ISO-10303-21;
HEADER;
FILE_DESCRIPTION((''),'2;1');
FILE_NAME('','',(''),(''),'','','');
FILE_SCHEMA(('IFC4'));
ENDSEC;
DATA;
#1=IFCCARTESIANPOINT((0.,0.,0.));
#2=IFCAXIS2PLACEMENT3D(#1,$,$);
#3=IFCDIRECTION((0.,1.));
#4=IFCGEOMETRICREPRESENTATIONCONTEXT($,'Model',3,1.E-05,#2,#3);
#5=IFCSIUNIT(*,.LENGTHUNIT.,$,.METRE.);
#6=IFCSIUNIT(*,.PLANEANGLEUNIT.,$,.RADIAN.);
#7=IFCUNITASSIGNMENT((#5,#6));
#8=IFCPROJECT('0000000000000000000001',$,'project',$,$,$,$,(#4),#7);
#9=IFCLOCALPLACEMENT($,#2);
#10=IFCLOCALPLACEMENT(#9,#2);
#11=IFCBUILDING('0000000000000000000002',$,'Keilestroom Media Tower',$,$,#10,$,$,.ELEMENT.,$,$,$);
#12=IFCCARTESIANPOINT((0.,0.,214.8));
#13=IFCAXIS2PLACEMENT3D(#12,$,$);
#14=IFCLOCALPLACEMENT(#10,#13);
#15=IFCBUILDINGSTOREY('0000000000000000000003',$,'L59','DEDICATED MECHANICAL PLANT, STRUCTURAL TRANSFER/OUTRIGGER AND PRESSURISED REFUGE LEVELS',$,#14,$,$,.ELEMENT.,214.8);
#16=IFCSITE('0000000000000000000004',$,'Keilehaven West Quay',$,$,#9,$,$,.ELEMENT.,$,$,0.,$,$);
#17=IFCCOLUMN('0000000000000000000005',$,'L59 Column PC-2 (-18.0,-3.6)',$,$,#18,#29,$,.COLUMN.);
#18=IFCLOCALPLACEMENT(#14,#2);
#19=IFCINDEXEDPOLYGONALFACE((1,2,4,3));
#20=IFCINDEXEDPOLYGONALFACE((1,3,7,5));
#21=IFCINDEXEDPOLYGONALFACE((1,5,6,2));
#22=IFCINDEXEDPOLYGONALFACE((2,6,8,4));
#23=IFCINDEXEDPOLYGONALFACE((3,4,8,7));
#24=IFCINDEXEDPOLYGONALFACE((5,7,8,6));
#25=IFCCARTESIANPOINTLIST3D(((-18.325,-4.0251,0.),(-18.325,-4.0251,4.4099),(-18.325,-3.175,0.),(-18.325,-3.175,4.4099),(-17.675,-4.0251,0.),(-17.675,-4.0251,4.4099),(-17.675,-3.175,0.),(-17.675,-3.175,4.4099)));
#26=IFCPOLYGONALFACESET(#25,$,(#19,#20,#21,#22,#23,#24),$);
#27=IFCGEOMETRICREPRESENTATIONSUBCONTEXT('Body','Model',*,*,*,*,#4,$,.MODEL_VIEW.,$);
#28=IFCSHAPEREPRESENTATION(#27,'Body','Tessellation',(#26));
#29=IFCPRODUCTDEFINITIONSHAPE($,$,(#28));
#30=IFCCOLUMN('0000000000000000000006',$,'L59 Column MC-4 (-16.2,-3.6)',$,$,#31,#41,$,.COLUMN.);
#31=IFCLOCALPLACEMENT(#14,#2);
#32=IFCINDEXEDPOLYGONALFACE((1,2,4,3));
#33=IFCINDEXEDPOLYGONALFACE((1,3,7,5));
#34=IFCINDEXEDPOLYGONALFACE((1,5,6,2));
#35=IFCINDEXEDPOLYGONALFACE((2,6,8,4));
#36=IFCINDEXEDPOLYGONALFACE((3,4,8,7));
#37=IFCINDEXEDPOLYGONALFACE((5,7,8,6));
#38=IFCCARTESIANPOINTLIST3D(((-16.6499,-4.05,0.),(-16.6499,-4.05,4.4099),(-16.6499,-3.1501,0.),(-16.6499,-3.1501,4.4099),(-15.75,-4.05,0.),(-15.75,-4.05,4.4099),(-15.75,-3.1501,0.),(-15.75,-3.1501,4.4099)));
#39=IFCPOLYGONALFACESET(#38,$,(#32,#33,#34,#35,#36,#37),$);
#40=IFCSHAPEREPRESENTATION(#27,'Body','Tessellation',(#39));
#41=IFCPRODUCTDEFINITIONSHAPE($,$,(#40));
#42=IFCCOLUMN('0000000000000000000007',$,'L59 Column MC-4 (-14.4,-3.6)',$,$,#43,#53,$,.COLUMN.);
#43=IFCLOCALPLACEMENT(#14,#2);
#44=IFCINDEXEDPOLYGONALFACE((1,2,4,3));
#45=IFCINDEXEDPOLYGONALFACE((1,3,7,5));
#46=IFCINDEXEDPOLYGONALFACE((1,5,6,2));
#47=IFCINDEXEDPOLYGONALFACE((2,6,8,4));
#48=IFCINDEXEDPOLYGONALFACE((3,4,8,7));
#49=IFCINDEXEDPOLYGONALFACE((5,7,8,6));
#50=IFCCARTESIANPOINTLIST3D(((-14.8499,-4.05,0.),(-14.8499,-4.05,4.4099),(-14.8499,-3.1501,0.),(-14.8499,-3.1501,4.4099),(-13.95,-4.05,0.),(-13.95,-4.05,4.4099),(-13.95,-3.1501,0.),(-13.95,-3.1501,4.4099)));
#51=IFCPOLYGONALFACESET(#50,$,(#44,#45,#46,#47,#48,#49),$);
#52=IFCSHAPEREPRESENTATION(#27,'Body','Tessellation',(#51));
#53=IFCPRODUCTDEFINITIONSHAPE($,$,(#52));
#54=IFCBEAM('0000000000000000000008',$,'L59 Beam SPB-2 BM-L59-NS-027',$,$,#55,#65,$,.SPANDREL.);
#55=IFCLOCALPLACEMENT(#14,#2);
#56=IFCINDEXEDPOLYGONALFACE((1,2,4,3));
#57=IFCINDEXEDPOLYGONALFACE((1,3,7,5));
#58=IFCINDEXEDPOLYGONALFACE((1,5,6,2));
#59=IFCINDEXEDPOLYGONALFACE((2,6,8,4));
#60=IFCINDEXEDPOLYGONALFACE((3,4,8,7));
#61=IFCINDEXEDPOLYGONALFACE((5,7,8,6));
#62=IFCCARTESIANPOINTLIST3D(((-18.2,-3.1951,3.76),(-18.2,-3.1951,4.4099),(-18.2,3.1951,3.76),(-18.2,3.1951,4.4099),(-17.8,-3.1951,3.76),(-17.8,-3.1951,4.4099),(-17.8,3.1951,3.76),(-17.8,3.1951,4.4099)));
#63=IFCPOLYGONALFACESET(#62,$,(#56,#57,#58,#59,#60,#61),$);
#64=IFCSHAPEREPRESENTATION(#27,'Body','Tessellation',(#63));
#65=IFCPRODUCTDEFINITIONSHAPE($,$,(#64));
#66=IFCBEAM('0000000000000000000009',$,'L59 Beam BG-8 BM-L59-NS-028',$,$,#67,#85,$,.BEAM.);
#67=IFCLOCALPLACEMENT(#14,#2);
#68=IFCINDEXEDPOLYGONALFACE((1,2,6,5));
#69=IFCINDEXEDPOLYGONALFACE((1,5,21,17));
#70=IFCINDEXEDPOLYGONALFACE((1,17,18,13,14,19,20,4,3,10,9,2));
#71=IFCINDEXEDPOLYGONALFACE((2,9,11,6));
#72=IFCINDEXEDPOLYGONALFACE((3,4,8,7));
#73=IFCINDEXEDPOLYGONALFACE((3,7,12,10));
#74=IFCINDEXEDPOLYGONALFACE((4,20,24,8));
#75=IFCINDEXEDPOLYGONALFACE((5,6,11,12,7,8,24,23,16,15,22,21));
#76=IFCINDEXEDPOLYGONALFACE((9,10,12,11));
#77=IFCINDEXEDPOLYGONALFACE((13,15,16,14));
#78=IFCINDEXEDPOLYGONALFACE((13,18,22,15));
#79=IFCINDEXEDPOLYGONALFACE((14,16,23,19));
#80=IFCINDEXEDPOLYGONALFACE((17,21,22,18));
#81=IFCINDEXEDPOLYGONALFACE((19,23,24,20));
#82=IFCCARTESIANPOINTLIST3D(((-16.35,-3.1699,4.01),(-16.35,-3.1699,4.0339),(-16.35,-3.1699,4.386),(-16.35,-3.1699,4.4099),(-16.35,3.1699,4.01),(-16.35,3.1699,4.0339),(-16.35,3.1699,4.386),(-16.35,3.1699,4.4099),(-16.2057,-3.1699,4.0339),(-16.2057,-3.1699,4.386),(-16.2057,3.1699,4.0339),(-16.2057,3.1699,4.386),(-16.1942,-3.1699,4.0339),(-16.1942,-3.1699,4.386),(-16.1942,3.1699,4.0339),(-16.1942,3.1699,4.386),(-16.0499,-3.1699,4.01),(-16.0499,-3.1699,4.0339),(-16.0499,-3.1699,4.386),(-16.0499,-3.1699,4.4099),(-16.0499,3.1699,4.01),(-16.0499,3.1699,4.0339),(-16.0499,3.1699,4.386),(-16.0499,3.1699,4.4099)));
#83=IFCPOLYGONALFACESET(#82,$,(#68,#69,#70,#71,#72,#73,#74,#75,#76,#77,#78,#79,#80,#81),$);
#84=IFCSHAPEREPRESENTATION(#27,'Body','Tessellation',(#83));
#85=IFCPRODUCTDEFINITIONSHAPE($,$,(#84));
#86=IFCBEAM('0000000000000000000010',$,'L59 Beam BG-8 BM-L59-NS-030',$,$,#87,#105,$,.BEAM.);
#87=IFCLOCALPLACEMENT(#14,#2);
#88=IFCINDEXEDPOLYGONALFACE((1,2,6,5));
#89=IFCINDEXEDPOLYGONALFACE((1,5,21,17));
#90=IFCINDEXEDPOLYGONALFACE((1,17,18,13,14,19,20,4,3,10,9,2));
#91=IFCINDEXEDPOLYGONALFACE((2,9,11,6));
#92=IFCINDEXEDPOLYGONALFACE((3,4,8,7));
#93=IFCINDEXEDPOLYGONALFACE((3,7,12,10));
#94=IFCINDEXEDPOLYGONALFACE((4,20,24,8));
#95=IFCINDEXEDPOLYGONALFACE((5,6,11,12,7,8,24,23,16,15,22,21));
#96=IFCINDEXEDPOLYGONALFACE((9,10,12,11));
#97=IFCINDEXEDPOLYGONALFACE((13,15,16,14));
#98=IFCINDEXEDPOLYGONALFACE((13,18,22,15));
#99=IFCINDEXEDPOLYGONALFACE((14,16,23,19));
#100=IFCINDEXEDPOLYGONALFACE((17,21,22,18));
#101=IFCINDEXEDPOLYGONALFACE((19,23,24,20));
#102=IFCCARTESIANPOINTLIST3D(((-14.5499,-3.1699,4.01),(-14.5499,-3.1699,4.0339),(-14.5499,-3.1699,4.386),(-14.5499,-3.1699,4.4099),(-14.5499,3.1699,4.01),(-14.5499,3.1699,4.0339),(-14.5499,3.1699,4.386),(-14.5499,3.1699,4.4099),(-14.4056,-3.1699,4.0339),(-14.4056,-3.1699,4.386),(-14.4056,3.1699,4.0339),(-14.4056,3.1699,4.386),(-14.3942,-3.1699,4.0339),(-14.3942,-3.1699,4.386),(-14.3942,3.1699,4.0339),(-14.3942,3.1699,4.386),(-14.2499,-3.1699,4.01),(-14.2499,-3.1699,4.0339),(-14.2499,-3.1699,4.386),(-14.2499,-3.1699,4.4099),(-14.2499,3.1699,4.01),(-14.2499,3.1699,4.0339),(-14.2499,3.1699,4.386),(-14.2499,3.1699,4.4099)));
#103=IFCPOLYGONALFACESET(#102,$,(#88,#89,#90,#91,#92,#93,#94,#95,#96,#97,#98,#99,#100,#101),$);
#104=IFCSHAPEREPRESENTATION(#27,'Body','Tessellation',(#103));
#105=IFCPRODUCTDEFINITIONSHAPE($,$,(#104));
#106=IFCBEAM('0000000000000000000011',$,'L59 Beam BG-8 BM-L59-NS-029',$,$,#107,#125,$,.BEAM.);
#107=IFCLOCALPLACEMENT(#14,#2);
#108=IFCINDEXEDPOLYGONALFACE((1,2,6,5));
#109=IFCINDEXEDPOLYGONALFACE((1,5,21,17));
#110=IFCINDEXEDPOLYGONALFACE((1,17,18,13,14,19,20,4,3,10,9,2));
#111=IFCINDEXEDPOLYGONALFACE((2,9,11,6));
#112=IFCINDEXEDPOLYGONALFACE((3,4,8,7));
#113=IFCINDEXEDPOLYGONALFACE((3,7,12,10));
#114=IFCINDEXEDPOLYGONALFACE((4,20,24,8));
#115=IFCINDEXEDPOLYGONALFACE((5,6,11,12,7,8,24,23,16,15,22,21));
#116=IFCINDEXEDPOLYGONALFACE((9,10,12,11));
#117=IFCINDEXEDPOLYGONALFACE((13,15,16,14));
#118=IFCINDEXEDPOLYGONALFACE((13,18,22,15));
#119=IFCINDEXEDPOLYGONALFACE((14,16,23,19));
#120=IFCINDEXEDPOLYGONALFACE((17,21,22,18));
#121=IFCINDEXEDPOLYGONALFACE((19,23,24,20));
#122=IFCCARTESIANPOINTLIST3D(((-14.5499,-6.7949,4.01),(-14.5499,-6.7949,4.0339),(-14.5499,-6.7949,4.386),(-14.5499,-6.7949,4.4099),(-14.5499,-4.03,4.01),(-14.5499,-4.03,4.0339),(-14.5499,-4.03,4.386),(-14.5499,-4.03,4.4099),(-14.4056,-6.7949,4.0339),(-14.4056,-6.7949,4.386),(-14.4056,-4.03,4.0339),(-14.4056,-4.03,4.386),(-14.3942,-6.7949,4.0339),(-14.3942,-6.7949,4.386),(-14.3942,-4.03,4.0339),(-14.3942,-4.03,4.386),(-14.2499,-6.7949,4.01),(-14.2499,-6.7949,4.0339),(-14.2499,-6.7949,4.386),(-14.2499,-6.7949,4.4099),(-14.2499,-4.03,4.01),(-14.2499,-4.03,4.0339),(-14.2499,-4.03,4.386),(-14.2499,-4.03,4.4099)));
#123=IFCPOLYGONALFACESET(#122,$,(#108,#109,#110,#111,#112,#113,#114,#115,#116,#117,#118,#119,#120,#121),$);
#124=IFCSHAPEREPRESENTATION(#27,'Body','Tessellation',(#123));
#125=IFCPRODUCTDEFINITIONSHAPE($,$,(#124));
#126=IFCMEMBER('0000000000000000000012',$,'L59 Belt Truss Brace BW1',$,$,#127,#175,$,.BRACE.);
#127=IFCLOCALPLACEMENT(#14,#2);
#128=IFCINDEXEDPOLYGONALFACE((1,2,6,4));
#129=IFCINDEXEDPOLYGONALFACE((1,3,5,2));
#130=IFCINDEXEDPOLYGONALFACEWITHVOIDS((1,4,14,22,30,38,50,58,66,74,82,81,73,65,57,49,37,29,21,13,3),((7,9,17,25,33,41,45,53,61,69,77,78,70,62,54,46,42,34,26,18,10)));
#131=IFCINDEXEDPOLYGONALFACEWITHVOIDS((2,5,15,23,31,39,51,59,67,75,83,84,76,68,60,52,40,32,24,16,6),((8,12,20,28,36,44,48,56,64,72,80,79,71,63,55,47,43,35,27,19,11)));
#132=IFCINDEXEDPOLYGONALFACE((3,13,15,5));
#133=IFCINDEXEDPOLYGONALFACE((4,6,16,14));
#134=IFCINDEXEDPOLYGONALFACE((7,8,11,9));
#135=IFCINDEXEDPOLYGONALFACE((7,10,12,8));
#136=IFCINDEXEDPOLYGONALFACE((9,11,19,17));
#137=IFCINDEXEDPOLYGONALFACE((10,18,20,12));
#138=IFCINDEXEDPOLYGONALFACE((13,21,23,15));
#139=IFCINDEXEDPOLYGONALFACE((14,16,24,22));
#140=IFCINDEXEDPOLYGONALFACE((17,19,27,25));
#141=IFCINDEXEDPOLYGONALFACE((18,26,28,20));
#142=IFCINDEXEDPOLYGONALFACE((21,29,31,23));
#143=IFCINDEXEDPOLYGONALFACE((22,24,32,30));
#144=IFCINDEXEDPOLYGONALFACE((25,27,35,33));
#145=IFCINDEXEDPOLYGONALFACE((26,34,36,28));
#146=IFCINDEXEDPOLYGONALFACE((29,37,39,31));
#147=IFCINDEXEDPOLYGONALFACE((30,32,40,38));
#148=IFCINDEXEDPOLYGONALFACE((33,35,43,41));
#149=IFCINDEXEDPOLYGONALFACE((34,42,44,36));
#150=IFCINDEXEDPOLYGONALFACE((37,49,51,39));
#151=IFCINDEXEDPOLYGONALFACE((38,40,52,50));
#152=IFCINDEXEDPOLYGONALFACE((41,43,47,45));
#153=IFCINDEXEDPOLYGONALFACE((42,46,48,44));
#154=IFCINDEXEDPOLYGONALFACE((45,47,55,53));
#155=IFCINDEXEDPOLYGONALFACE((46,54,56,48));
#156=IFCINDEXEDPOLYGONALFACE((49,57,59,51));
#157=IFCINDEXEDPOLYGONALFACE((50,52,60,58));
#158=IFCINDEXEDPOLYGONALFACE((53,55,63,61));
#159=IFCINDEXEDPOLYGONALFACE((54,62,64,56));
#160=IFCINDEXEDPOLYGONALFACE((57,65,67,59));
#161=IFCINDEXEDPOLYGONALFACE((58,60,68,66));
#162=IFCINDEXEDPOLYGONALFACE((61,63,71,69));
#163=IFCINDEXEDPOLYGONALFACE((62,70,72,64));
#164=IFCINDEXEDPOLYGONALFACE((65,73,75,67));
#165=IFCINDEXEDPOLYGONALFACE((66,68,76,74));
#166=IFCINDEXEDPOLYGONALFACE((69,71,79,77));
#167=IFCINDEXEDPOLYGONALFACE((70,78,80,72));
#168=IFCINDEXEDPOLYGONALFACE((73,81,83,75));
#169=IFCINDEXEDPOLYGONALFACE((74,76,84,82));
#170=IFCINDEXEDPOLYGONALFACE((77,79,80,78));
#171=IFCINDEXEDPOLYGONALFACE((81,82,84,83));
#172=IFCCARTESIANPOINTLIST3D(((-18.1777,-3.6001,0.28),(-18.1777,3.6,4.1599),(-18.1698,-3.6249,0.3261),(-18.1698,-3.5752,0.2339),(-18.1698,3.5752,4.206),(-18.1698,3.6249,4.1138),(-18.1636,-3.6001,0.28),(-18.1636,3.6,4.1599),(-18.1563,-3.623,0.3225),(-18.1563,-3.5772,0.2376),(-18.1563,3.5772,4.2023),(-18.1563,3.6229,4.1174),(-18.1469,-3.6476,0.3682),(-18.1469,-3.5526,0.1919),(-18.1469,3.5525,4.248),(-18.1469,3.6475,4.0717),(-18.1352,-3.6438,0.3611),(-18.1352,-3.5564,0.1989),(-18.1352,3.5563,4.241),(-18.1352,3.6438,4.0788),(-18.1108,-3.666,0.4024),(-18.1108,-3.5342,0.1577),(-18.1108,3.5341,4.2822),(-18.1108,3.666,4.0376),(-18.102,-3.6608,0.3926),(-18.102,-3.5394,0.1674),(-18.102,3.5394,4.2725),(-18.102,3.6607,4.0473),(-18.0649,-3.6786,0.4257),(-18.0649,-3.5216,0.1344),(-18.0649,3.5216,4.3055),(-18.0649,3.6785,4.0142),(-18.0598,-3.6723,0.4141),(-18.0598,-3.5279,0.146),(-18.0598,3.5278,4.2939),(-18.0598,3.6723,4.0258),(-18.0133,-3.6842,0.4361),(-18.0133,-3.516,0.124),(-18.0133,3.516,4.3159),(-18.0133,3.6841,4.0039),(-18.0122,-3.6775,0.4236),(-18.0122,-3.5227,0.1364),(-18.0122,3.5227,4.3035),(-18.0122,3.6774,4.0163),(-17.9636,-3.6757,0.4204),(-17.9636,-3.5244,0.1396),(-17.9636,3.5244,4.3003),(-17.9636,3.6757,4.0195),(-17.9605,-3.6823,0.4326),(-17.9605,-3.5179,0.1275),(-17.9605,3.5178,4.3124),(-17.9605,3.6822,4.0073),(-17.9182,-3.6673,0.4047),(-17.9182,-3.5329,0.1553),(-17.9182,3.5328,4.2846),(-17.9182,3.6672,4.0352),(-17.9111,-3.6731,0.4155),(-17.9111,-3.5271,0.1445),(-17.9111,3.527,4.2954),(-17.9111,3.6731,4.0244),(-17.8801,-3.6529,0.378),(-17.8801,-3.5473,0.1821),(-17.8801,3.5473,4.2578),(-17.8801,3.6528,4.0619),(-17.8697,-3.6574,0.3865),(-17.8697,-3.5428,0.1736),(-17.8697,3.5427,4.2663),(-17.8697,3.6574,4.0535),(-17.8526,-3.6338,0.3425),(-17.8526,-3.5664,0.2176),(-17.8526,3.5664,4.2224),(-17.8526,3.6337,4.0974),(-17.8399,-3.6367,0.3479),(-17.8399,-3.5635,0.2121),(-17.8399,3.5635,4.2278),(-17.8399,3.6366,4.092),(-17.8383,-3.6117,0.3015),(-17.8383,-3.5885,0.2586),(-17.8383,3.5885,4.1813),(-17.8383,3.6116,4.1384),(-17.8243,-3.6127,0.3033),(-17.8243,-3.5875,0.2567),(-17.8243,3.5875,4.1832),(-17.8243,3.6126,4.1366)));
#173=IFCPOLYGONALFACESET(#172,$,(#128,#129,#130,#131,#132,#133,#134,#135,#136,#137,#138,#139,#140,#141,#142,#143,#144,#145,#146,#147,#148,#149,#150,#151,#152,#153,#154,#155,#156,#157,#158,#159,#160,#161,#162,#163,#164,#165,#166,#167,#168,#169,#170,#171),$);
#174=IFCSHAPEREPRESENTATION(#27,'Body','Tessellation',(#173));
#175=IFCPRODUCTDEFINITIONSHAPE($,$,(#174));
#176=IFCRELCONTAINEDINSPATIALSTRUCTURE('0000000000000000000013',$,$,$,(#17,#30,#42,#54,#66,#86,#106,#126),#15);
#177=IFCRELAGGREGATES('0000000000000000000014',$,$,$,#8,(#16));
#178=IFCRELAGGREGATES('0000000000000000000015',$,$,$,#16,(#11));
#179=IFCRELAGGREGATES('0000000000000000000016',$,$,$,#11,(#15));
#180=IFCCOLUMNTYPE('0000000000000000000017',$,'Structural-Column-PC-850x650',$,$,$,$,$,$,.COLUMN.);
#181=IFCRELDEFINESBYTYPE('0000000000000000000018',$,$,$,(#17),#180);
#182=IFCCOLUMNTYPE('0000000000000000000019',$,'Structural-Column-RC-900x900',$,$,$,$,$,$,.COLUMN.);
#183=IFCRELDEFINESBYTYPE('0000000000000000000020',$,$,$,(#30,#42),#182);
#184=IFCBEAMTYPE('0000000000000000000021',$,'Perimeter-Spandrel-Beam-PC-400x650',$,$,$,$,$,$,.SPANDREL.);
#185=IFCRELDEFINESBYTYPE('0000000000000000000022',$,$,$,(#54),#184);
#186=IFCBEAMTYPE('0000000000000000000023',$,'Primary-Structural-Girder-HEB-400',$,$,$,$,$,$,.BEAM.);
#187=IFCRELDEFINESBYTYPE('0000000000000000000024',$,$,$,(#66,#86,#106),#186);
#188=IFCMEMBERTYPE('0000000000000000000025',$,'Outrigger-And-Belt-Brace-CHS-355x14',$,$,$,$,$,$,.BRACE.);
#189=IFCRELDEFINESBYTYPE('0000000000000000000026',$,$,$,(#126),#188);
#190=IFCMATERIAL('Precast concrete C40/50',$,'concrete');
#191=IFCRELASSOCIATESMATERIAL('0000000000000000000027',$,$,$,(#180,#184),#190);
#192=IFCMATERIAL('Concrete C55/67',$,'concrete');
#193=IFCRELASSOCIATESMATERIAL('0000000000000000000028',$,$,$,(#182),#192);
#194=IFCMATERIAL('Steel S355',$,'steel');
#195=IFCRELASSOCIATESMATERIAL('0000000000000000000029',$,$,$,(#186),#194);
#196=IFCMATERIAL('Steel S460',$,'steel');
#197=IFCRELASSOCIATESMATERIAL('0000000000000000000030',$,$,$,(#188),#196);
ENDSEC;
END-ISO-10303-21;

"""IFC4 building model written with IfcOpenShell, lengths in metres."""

from ifc_helpers import new_model, si_unit, direction, frame, origin, origin_2d, place, context, subcontext, project, spatial, rectangle, hollow_circle, i_section, extrude, source, transform, mapped, material, material_profile, profile_set, type_object, element, save


model = new_model("IFC4")

# Units and contexts
model_context = context("Model", 3, precision=1e-05, world=origin(), true_north=direction((0.0, 1.0)))
body_context = subcontext(model_context, "Body", "Model", "MODEL_VIEW")
ifc_project = project(units=[si_unit("LENGTHUNIT", "METRE"), si_unit("PLANEANGLEUNIT", "RADIAN")], contexts=[model_context])

# Site, building, storey
site_placement = place(None, origin())
site = spatial("IfcSite", under=ifc_project, at=site_placement, Name="Keilehaven West Quay", CompositionType="ELEMENT", RefElevation=0.0)
building_placement = place(site_placement, origin())
building = spatial("IfcBuilding", under=site, at=building_placement, Name="Keilestroom Media Tower", CompositionType="ELEMENT")
storey_placement = place(building_placement, frame((0.0, 0.0, 214.8)))
storey = spatial("IfcBuildingStorey", under=building, at=storey_placement, Name="L59", Description="DEDICATED MECHANICAL PLANT, STRUCTURAL TRANSFER/OUTRIGGER AND PRESSURISED REFUGE LEVELS", CompositionType="ELEMENT", Elevation=214.8)

# Columns
ifc_material_1 = material(Name="Precast concrete C40/50", Category="concrete")
ifc_material_profile_1 = material_profile(ifc_material_1, rectangle(XDim=0.6499, YDim=0.8501, at=origin_2d()), Name="PC 850x650")
ifc_profile_set_1 = profile_set([ifc_material_profile_1], Name="Precast concrete C40/50")
column_type_1 = type_object("IfcColumnType", Name="Structural-Column-PC-850x650", PredefinedType="COLUMN", material=ifc_profile_set_1)
shared_shape_1 = source(origin(), body_context, "Body", "SweptSolid", [
    extrude(rectangle(XDim=0.6499, YDim=0.8501, at=origin_2d()), origin(), (0.0, 0.0, 1.0), 4.4099),
])
column_placement = place(storey_placement, frame((-18.0, -3.6001, 0.0), z_axis=(0.0, 0.0, 1.0), x_axis=(1.0, 0.0, 0.0)))
element("IfcColumn", 1, at=column_placement, inside=storey, type_object=column_type_1, Name="L59 Column PC-2 (-18.0,-3.6)", PredefinedType="COLUMN", context=body_context, shape_type="MappedRepresentation", body=[
    mapped(shared_shape_1, transform((0.0, 0.0, 0.0), x_axis=(1.0, 0.0, 0.0), y_axis=(0.0, 1.0, 0.0), z_axis=(0.0, 0.0, 1.0), scale=1.0)),
])
ifc_material_2 = material(Name="Concrete C55/67", Category="concrete")
ifc_material_profile_2 = material_profile(ifc_material_2, rectangle(XDim=0.8999, YDim=0.8999, at=origin_2d()), Name="RC 900x900")
ifc_profile_set_2 = profile_set([ifc_material_profile_2], Name="Concrete C55/67")
column_type_2 = type_object("IfcColumnType", Name="Structural-Column-RC-900x900", PredefinedType="COLUMN", material=ifc_profile_set_2)
shared_shape_2 = source(origin(), body_context, "Body", "SweptSolid", [
    extrude(rectangle(XDim=0.8999, YDim=0.8999, at=origin_2d()), origin(), (0.0, 0.0, 1.0), 4.4099),
])
for number, where, z_axis, x_axis, name in (
    (2, (-16.2, -3.6001, 0.0), (0.0, 0.0, 1.0), (1.0, 0.0, 0.0), "L59 Column MC-4 (-16.2,-3.6)"),
    (3, (-14.3999, -3.6001, 0.0), (0.0, 0.0, 1.0), (1.0, 0.0, 0.0), "L59 Column MC-4 (-14.4,-3.6)"),
):
    element("IfcColumn", number, at=place(storey_placement, frame(where, z_axis=z_axis, x_axis=x_axis)), inside=storey, type_object=column_type_2, Name=name, PredefinedType="COLUMN", context=body_context, shape_type="MappedRepresentation", body=[
        mapped(shared_shape_2, transform((0.0, 0.0, 0.0), x_axis=(1.0, 0.0, 0.0), y_axis=(0.0, 1.0, 0.0), z_axis=(0.0, 0.0, 1.0), scale=1.0)),
    ])

# Beams
ifc_material_profile_3 = material_profile(ifc_material_1, rectangle(XDim=0.3999, YDim=0.6499, at=origin_2d()), Name="PC 400x650")
ifc_profile_set_3 = profile_set([ifc_material_profile_3], Name="Precast concrete C40/50")
beam_type_1 = type_object("IfcBeamType", Name="Perimeter-Spandrel-Beam-PC-400x650", PredefinedType="SPANDREL", material=ifc_profile_set_3)
shared_shape_3 = source(origin(), body_context, "Body", "SweptSolid", [
    extrude(rectangle(XDim=0.3999, YDim=0.6499, at=origin_2d()), origin(), (0.0, 0.0, 1.0), 6.3901),
])
beam_1_placement = place(storey_placement, frame((-18.0, -3.1951, 4.085), z_axis=(0.0, 1.0, 0.0), x_axis=(-1.0, 0.0, 0.0)))
element("IfcBeam", 4, at=beam_1_placement, inside=storey, type_object=beam_type_1, Name="L59 Beam SPB-2 BM-L59-NS-027", PredefinedType="SPANDREL", context=body_context, shape_type="MappedRepresentation", body=[
    mapped(shared_shape_3, transform((0.0, 0.0, 0.0), x_axis=(1.0, 0.0, 0.0), y_axis=(0.0, 1.0, 0.0), z_axis=(0.0, 0.0, 1.0), scale=1.0)),
])
ifc_material_3 = material(Name="Steel S355", Category="steel")
ifc_material_profile_4 = material_profile(ifc_material_3, i_section(OverallWidth=0.3, OverallDepth=0.3999, WebThickness=0.0115, FlangeThickness=0.0239, at=origin_2d()), Name="HEB 400")
ifc_profile_set_4 = profile_set([ifc_material_profile_4], Name="Steel S355")
beam_type_2 = type_object("IfcBeamType", Name="Primary-Structural-Girder-HEB-400", PredefinedType="BEAM", material=ifc_profile_set_4)
shared_shape_4 = source(origin(), body_context, "Body", "SweptSolid", [
    extrude(i_section(OverallWidth=0.3, OverallDepth=0.3999, WebThickness=0.0115, FlangeThickness=0.0239, at=origin_2d()), origin(), (0.0, 0.0, 1.0), 6.3398),
])
for number, where, z_axis, x_axis, name in (
    (5, (-16.2, -3.1699, 4.21), (0.0, 1.0, 0.0), (-1.0, 0.0, 0.0), "L59 Beam BG-8 BM-L59-NS-028"),
    (6, (-14.3999, -3.1699, 4.21), (0.0, 1.0, 0.0), (-1.0, 0.0, 0.0), "L59 Beam BG-8 BM-L59-NS-030"),
):
    element("IfcBeam", number, at=place(storey_placement, frame(where, z_axis=z_axis, x_axis=x_axis)), inside=storey, type_object=beam_type_2, Name=name, PredefinedType="BEAM", context=body_context, shape_type="MappedRepresentation", body=[
        mapped(shared_shape_4, transform((0.0, 0.0, 0.0), x_axis=(1.0, 0.0, 0.0), y_axis=(0.0, 1.0, 0.0), z_axis=(0.0, 0.0, 1.0), scale=1.0)),
    ])
shared_shape_5 = source(origin(), body_context, "Body", "SweptSolid", [
    extrude(i_section(OverallWidth=0.3, OverallDepth=0.3999, WebThickness=0.0115, FlangeThickness=0.0239, at=origin_2d()), origin(), (0.0, 0.0, 1.0), 2.7649),
])
beam_2_placement = place(storey_placement, frame((-14.3999, -6.7949, 4.21), z_axis=(0.0, 1.0, 0.0), x_axis=(-1.0, 0.0, 0.0)))
element("IfcBeam", 7, at=beam_2_placement, inside=storey, type_object=beam_type_2, Name="L59 Beam BG-8 BM-L59-NS-029", PredefinedType="BEAM", context=body_context, shape_type="MappedRepresentation", body=[
    mapped(shared_shape_5, transform((0.0, 0.0, 0.0), x_axis=(1.0, 0.0, 0.0), y_axis=(0.0, 1.0, 0.0), z_axis=(0.0, 0.0, 1.0), scale=1.0)),
])

# Member
ifc_material_4 = material(Name="Steel S460", Category="steel")
ifc_material_profile_5 = material_profile(ifc_material_4, hollow_circle(Radius=0.1777, WallThickness=0.0142, at=origin_2d()), Name="CHS 355.6x14.2")
ifc_profile_set_5 = profile_set([ifc_material_profile_5], Name="Steel S460")
member_type = type_object("IfcMemberType", Name="Outrigger-And-Belt-Brace-CHS-355x14", PredefinedType="BRACE", material=ifc_profile_set_5)
shared_shape_6 = source(origin(), body_context, "Body", "SweptSolid", [
    extrude(hollow_circle(Radius=0.1777, WallThickness=0.0142, at=origin_2d()), origin(), (0.0, 0.0, 1.0), 8.179),
])
member_placement = place(storey_placement, frame((-18.0, -3.6001, 0.28), z_axis=(0.0, 0.880325, 0.47437), x_axis=(-1.0, 0.0, 0.0)))
element("IfcMember", 8, at=member_placement, inside=storey, type_object=member_type, Name="L59 Belt Truss Brace BW1", PredefinedType="BRACE", context=body_context, shape_type="MappedRepresentation", body=[
    mapped(shared_shape_6, transform((0.0, 0.0, 0.0), x_axis=(1.0, 0.0, 0.0), y_axis=(0.0, 1.0, 0.0), z_axis=(0.0, 0.0, 1.0), scale=1.0)),
])

save(model, "model.ifc")
